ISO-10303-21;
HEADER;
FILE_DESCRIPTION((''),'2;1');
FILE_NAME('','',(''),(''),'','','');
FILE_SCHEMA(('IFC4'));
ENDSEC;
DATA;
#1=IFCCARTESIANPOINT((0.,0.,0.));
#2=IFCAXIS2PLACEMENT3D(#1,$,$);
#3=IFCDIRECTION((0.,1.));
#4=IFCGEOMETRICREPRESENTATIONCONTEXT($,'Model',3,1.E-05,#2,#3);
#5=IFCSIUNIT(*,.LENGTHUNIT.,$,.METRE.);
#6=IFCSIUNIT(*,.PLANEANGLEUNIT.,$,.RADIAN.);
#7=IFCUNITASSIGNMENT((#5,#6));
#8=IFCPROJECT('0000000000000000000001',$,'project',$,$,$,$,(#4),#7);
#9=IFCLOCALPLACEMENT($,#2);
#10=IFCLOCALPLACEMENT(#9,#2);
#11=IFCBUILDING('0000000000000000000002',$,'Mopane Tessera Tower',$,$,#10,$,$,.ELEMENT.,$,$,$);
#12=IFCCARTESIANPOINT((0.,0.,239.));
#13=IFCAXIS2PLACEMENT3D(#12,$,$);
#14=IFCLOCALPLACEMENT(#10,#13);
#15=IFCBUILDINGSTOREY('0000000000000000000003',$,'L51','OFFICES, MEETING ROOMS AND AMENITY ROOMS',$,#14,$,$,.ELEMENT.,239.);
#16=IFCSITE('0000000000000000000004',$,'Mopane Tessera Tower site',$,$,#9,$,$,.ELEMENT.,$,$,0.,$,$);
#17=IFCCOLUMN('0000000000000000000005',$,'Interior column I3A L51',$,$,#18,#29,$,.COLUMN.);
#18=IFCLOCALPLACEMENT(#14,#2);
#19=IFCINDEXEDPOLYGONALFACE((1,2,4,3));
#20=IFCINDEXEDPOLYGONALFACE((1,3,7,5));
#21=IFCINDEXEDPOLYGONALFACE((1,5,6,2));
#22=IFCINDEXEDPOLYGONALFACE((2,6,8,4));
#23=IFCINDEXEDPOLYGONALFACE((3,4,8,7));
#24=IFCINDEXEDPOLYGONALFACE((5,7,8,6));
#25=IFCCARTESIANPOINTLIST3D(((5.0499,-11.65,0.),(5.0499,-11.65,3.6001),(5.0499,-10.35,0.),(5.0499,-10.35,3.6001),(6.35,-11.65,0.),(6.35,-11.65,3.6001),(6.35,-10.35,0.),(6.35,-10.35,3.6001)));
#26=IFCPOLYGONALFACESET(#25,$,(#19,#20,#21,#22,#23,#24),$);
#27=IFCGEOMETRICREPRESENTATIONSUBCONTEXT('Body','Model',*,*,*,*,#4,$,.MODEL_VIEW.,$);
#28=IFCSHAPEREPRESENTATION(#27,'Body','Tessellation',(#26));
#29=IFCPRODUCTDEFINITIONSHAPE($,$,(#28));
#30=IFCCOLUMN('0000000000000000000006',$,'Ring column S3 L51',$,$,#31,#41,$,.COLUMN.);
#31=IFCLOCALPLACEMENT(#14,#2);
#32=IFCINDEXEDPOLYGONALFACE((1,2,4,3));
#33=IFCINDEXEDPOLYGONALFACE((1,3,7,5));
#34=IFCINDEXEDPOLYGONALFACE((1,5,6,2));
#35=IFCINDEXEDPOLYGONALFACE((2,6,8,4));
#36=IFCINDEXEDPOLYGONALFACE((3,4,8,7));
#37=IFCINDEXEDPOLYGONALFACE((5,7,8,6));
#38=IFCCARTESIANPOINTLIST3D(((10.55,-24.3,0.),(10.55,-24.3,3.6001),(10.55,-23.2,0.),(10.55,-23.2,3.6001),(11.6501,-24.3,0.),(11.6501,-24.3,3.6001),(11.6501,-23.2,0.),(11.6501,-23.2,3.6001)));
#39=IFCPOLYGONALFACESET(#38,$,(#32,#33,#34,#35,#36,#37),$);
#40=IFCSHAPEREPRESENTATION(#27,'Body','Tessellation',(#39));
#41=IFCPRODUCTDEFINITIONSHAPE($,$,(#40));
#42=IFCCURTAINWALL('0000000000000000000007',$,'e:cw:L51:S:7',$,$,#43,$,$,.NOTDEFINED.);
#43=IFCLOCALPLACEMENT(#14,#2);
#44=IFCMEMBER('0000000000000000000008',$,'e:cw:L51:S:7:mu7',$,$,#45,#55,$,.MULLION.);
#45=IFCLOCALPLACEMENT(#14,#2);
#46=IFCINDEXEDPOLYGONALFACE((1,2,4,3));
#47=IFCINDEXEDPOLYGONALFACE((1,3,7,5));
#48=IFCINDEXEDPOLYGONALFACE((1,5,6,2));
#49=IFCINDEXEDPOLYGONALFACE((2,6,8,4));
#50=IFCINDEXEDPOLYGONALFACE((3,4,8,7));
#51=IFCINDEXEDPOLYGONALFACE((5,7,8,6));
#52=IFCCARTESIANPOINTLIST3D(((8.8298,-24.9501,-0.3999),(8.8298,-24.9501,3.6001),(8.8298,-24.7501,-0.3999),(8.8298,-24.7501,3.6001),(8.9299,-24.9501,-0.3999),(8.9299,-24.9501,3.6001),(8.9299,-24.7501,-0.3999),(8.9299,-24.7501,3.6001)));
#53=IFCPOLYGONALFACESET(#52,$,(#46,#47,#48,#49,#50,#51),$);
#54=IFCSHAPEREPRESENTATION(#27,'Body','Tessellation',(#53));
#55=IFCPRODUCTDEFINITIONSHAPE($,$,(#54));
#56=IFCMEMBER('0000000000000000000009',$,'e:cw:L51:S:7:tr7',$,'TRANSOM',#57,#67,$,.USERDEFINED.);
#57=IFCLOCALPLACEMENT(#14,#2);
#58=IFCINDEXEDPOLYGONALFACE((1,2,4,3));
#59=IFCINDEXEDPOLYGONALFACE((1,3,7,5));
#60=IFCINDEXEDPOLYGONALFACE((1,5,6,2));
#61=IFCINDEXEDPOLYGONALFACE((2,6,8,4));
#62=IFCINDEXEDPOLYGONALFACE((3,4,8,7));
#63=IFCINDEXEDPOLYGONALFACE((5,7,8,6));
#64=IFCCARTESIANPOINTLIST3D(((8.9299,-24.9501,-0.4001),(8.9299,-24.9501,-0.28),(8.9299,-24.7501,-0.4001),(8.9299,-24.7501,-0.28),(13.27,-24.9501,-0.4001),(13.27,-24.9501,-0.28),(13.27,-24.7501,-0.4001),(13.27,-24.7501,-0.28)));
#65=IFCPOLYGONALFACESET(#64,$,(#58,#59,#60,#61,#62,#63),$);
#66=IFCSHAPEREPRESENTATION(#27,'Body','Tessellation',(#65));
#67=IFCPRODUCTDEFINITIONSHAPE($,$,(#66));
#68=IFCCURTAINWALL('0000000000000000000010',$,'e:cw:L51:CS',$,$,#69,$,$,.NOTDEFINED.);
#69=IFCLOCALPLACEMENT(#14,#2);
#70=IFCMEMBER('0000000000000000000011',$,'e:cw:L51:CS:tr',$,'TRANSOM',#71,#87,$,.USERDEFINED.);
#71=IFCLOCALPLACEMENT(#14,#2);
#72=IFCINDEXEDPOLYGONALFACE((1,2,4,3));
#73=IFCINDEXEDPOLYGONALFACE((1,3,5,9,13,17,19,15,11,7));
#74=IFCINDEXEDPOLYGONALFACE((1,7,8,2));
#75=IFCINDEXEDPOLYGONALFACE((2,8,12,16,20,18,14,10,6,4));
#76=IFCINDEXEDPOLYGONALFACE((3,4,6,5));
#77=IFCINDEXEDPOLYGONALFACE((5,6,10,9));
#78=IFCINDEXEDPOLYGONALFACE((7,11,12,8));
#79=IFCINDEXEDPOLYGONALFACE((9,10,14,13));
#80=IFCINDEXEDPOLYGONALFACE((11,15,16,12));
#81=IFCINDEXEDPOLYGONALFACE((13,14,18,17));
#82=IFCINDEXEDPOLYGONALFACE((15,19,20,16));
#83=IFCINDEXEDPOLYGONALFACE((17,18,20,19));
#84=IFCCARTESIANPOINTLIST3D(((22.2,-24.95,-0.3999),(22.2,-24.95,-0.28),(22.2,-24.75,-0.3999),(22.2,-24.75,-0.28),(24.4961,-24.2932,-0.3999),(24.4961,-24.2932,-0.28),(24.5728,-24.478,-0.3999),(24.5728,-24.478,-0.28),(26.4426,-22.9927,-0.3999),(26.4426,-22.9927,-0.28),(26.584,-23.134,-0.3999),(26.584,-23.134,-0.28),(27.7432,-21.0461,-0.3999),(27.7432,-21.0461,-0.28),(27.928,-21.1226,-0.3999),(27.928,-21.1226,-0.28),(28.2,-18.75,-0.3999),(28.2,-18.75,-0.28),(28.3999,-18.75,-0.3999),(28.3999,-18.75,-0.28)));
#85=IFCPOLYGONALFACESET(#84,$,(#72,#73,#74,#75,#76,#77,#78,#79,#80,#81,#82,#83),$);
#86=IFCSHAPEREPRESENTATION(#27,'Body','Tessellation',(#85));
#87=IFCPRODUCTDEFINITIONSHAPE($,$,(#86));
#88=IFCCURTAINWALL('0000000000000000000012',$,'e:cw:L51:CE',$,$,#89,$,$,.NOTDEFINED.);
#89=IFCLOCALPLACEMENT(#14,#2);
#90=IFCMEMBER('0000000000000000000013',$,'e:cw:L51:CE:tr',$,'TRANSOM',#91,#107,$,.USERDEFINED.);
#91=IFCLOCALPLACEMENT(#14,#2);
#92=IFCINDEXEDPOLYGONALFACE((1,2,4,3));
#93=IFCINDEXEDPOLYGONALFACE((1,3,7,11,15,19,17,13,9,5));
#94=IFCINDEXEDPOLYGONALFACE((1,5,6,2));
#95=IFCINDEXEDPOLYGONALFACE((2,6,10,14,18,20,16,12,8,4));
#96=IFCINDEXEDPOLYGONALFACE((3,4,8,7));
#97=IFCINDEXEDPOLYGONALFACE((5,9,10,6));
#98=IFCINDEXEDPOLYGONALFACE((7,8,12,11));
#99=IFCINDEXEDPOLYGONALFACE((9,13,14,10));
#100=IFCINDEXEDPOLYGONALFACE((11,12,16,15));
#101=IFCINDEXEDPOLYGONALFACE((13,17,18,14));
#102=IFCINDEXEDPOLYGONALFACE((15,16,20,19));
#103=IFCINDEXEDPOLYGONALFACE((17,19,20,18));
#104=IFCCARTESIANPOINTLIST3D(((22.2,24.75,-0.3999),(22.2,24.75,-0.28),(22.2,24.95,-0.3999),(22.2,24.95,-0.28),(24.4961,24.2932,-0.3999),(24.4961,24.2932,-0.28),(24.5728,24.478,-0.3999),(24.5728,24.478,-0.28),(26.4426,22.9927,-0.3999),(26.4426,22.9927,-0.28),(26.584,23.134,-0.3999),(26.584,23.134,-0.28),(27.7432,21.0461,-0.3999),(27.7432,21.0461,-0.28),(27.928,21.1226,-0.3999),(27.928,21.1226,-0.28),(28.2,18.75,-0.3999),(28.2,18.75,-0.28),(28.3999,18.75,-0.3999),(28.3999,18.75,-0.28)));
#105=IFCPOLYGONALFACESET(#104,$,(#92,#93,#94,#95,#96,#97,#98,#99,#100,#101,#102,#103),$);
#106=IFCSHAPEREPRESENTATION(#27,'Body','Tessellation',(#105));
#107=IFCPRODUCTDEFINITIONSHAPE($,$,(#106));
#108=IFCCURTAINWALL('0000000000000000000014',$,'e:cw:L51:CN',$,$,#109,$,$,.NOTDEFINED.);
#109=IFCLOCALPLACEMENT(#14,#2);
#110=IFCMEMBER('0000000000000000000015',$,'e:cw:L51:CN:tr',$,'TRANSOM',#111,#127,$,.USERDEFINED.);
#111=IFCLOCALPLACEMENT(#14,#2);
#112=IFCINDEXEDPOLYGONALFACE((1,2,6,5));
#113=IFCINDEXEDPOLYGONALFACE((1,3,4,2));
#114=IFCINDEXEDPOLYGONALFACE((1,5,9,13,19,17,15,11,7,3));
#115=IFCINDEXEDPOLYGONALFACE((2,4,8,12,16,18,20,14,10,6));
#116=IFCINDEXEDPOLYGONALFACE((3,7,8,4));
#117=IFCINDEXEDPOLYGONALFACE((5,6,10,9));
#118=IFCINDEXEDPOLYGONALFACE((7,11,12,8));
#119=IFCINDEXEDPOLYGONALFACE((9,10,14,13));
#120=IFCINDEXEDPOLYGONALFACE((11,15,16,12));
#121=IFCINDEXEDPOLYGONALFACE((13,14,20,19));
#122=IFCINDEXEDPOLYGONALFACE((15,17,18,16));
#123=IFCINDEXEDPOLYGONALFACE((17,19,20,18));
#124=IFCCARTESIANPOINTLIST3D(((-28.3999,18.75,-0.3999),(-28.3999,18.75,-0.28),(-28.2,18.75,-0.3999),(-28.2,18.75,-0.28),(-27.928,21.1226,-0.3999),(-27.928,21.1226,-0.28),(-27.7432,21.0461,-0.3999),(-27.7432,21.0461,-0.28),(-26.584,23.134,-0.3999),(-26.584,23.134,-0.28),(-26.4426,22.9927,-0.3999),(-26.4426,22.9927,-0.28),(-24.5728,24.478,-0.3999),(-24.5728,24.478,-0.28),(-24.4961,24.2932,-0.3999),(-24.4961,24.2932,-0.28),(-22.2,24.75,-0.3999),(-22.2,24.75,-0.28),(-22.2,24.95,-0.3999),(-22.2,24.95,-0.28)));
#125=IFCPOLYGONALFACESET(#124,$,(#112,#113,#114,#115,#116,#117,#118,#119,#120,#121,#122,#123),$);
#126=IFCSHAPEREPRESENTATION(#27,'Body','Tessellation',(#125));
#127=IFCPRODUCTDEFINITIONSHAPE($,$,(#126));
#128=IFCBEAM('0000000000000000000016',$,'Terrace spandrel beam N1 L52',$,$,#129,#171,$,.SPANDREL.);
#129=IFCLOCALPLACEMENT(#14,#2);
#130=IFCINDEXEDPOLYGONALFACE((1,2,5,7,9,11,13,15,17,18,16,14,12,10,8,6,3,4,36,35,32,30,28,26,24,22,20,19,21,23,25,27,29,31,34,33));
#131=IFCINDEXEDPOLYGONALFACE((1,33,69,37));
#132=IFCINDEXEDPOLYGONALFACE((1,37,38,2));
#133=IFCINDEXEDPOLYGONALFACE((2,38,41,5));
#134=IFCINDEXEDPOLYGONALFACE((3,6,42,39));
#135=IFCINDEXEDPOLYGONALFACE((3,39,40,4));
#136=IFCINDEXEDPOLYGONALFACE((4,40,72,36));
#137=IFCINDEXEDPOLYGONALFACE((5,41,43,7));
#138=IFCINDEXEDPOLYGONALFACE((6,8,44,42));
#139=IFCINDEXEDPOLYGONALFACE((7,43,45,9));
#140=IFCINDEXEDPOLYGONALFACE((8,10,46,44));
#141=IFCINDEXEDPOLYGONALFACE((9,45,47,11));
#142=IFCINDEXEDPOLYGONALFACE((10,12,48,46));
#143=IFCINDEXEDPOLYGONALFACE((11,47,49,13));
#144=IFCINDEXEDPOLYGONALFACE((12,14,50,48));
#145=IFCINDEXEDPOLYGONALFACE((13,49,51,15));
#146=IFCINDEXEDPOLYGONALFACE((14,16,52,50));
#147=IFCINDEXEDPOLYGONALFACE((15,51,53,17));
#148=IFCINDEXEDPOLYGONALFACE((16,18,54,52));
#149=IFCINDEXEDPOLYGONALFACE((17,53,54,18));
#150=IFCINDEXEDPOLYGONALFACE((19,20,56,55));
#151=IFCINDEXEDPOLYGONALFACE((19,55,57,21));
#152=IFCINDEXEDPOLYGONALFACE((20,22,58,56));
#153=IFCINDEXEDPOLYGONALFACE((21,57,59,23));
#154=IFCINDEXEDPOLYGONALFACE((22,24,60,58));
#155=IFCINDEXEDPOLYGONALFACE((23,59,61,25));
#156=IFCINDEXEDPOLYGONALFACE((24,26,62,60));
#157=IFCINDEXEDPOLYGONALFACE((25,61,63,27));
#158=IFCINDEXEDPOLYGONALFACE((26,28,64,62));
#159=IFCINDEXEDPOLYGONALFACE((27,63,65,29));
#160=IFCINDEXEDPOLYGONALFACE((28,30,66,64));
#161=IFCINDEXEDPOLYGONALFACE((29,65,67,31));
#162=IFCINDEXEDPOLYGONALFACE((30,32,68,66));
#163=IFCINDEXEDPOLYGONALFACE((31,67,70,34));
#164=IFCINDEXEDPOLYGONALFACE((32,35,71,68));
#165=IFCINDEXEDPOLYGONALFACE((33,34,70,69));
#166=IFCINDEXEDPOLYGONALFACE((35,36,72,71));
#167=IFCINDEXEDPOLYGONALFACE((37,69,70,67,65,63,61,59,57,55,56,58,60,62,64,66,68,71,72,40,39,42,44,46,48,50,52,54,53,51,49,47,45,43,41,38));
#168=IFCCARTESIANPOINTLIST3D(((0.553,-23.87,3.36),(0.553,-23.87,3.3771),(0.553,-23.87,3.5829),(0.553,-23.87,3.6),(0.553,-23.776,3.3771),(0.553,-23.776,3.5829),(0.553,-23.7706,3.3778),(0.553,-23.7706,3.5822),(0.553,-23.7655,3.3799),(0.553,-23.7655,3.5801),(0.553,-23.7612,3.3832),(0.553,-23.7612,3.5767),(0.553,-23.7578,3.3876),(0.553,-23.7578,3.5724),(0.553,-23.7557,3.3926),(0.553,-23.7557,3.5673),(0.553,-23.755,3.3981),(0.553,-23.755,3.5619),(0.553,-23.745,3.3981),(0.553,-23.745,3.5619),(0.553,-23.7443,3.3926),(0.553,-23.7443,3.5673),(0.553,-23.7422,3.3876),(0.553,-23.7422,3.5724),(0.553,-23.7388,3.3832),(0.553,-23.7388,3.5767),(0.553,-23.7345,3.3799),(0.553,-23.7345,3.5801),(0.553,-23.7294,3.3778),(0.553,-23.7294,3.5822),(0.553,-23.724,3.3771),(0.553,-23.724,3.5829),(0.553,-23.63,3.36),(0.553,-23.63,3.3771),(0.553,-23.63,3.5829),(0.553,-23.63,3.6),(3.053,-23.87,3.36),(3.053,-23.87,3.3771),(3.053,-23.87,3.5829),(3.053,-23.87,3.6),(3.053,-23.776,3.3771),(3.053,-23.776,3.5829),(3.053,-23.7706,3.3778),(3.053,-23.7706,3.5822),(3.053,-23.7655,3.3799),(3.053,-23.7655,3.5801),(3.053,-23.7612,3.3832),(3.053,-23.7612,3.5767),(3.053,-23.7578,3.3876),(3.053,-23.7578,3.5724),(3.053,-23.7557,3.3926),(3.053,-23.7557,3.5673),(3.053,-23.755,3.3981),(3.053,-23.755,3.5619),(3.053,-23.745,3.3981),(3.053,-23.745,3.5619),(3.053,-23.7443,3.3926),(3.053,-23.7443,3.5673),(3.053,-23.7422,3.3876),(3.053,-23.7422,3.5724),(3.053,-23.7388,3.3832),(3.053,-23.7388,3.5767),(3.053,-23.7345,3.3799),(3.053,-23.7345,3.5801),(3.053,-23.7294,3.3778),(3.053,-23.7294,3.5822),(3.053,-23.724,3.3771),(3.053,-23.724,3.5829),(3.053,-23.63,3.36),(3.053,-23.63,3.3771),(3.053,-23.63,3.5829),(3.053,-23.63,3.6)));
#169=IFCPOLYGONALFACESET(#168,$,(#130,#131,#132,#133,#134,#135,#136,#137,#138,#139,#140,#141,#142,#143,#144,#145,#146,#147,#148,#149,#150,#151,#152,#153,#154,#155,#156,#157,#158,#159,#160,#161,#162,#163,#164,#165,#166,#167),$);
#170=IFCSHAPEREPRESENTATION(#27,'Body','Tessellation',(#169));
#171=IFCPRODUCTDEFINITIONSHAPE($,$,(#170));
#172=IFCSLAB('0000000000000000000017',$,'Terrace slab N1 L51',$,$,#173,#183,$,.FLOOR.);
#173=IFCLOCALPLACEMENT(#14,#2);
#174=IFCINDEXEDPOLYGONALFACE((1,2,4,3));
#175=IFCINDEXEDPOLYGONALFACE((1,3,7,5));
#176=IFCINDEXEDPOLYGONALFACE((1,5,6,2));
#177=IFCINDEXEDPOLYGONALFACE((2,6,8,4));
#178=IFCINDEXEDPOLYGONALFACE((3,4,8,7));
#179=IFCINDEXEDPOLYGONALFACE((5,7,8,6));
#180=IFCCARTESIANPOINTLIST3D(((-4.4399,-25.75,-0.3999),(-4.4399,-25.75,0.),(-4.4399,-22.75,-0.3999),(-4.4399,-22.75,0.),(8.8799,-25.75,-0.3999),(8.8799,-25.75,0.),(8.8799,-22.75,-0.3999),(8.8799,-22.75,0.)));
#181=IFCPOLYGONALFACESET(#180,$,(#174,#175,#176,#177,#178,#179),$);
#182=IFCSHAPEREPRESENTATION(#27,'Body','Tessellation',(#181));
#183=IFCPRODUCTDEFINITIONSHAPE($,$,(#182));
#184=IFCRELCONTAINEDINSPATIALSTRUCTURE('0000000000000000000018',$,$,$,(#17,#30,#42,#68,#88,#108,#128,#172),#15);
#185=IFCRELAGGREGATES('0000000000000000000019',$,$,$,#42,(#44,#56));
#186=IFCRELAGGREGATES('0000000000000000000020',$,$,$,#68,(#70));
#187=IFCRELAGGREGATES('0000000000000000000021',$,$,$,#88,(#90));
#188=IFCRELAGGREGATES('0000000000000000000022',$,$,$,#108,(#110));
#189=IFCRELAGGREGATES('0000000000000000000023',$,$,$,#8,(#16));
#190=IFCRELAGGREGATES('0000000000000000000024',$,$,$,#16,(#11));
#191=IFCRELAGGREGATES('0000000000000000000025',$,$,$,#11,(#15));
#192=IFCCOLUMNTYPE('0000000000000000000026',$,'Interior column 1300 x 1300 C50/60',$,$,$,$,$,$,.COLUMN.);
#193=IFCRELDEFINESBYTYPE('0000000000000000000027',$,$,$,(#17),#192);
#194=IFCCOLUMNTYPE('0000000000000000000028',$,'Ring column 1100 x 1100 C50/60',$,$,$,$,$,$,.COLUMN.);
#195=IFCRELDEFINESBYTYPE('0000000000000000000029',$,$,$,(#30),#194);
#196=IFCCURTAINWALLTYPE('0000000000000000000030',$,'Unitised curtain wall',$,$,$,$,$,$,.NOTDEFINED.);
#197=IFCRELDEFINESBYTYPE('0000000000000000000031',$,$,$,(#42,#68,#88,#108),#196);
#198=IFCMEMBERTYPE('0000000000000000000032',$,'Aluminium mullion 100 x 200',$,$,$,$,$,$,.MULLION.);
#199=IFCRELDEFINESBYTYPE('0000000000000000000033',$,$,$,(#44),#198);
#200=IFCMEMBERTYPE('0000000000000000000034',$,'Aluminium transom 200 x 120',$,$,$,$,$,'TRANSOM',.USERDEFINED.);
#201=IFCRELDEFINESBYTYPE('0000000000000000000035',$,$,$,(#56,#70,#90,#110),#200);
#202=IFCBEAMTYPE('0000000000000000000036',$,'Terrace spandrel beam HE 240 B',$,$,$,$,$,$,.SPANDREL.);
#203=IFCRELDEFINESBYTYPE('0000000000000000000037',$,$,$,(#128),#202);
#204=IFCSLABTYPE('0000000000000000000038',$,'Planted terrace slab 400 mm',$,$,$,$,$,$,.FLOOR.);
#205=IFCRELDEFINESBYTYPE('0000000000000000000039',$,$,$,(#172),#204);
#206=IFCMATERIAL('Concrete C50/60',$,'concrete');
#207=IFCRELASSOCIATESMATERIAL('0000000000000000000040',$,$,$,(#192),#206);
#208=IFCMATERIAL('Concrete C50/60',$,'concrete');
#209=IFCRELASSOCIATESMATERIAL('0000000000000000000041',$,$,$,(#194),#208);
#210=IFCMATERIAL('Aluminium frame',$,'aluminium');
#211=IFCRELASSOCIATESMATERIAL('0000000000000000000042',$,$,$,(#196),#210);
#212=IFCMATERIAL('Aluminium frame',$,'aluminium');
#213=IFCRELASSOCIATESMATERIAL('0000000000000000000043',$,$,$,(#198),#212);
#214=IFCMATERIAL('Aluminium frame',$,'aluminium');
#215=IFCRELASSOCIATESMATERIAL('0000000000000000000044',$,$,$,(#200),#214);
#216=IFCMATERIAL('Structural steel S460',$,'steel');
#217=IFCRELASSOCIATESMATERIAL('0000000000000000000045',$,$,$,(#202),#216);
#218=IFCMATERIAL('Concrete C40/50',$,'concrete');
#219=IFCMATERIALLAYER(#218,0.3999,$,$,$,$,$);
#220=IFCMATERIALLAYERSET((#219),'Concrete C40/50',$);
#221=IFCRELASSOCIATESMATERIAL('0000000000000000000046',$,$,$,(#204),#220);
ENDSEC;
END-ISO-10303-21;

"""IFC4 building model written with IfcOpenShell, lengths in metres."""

from ifc_helpers import new_model, si_unit, direction, frame, origin, origin_2d, place, context, subcontext, project, spatial, polyline, rectangle, i_section, outline, extrude, material, layer, layer_set, material_profile, profile_set, type_object, element, aggregate, save


model = new_model("IFC4")

# Units and contexts
model_context = context("Model", 3, precision=1e-05, world=origin(), true_north=direction((0.0, 1.0)))
body_context = subcontext(model_context, "Body", "Model", "MODEL_VIEW")
ifc_project = project(units=[si_unit("LENGTHUNIT", "METRE"), si_unit("PLANEANGLEUNIT", "RADIAN")], contexts=[model_context])

# Site, building, storey
site_placement = place(None, origin())
site = spatial("IfcSite", under=ifc_project, at=site_placement, Name="Mopane Tessera Tower site", CompositionType="ELEMENT", RefElevation=0.0)
building_placement = place(site_placement, origin())
building = spatial("IfcBuilding", under=site, at=building_placement, Name="Mopane Tessera Tower", CompositionType="ELEMENT")
storey_placement = place(building_placement, frame((0.0, 0.0, 239.0)))
storey = spatial("IfcBuildingStorey", under=building, at=storey_placement, Name="L51", Description="OFFICES, MEETING ROOMS AND AMENITY ROOMS", CompositionType="ELEMENT", Elevation=239.0)

# Columns
ifc_material_1 = material(Name="Concrete C50/60", Category="concrete")
ifc_material_profile_1 = material_profile(ifc_material_1, rectangle(XDim=1.3, YDim=1.3, at=origin_2d()))
ifc_profile_set_1 = profile_set([ifc_material_profile_1], Name="Concrete C50/60")
column_type_1 = type_object("IfcColumnType", Name="Interior column 1300 x 1300 C50/60", PredefinedType="COLUMN", material=ifc_profile_set_1)
column_1_placement = place(storey_placement, frame((5.7, -11.0, 0.0), z_axis=(0.0, 0.0, 1.0), x_axis=(1.0, 0.0, 0.0)))
element("IfcColumn", 1, at=column_1_placement, inside=storey, type_object=column_type_1, Name="Interior column I3A L51", PredefinedType="COLUMN", context=body_context, shape_type="SweptSolid", body=[
    extrude(rectangle(XDim=1.3, YDim=1.3, at=origin_2d()), origin(), (0.0, 0.0, 1.0), 3.6001),
])
ifc_material_2 = material(Name="Concrete C50/60", Category="concrete")
ifc_material_profile_2 = material_profile(ifc_material_2, rectangle(XDim=1.1001, YDim=1.1001, at=origin_2d()))
ifc_profile_set_2 = profile_set([ifc_material_profile_2], Name="Concrete C50/60")
column_type_2 = type_object("IfcColumnType", Name="Ring column 1100 x 1100 C50/60", PredefinedType="COLUMN", material=ifc_profile_set_2)
column_2_placement = place(storey_placement, frame((11.1001, -23.75, 0.0), z_axis=(0.0, 0.0, 1.0), x_axis=(1.0, 0.0, 0.0)))
element("IfcColumn", 2, at=column_2_placement, inside=storey, type_object=column_type_2, Name="Ring column S3 L51", PredefinedType="COLUMN", context=body_context, shape_type="SweptSolid", body=[
    extrude(rectangle(XDim=1.1001, YDim=1.1001, at=origin_2d()), origin(), (0.0, 0.0, 1.0), 3.6001),
])

# Curtain wall, members
ifc_material_3 = material(Name="Aluminium frame", Category="aluminium")
curtain_wall_type = type_object("IfcCurtainWallType", Name="Unitised curtain wall", PredefinedType="NOTDEFINED", material=ifc_material_3)
curtain_wall_1_placement = place(storey_placement, origin())
curtain_wall_1 = element("IfcCurtainWall", 3, at=curtain_wall_1_placement, inside=storey, type_object=curtain_wall_type, Name="e:cw:L51:S:7", PredefinedType="NOTDEFINED")
ifc_material_4 = material(Name="Aluminium frame", Category="aluminium")
ifc_material_profile_3 = material_profile(ifc_material_4, rectangle(XDim=0.1001, YDim=0.2, at=origin_2d()))
ifc_profile_set_3 = profile_set([ifc_material_profile_3], Name="Aluminium frame")
member_type_1 = type_object("IfcMemberType", Name="Aluminium mullion 100 x 200", PredefinedType="MULLION", material=ifc_profile_set_3)
member_1_placement = place(storey_placement, frame((8.8799, -24.8501, -0.3999), z_axis=(0.0, 0.0, 1.0), x_axis=(1.0, 0.0, 0.0)))
member_1 = element("IfcMember", 4, at=member_1_placement, type_object=member_type_1, Name="e:cw:L51:S:7:mu7", PredefinedType="MULLION", context=body_context, shape_type="SweptSolid", body=[
    extrude(rectangle(XDim=0.1001, YDim=0.2, at=origin_2d()), origin(), (0.0, 0.0, 1.0), 4.0),
])
ifc_material_5 = material(Name="Aluminium frame", Category="aluminium")
ifc_material_profile_4 = material_profile(ifc_material_5, rectangle(XDim=0.2, YDim=0.1201, at=origin_2d()))
ifc_profile_set_4 = profile_set([ifc_material_profile_4], Name="Aluminium frame")
member_type_2 = type_object("IfcMemberType", Name="Aluminium transom 200 x 120", ElementType="TRANSOM", PredefinedType="USERDEFINED", material=ifc_profile_set_4)
member_2_placement = place(storey_placement, frame((8.9299, -24.8501, -0.3401), z_axis=(1.0, 0.0, 0.0), x_axis=(0.0, 1.0, 0.0)))
member_2 = element("IfcMember", 5, at=member_2_placement, type_object=member_type_2, Name="e:cw:L51:S:7:tr7", ObjectType="TRANSOM", PredefinedType="USERDEFINED", context=body_context, shape_type="SweptSolid", body=[
    extrude(rectangle(XDim=0.2, YDim=0.1201, at=origin_2d()), origin(), (0.0, 0.0, 1.0), 4.3401),
])

# Curtain walls, members
curtain_wall_2_placement = place(storey_placement, origin())
curtain_wall_2 = element("IfcCurtainWall", 6, at=curtain_wall_2_placement, inside=storey, type_object=curtain_wall_type, Name="e:cw:L51:CS", PredefinedType="NOTDEFINED")
member_3_placement = place(storey_placement, frame((0.0, 0.0, -0.3999)))
member_3 = element("IfcMember", 7, at=member_3_placement, type_object=member_type_2, Name="e:cw:L51:CS:tr", ObjectType="TRANSOM", PredefinedType="USERDEFINED", context=body_context, shape_type="SweptSolid", body=[
    extrude(outline(polyline([(22.2, -24.75), (24.4961, -24.2932), (26.4426, -22.9927), (27.7432, -21.0461), (28.2, -18.75), (28.3999, -18.75), (27.928, -21.1226), (26.584, -23.134), (24.5728, -24.478), (22.2, -24.95), (22.2, -24.75)])), origin(), (0.0, 0.0, 1.0), 0.1199),
])
curtain_wall_3_placement = place(storey_placement, origin())
curtain_wall_3 = element("IfcCurtainWall", 8, at=curtain_wall_3_placement, inside=storey, type_object=curtain_wall_type, Name="e:cw:L51:CE", PredefinedType="NOTDEFINED")
member_4_placement = place(storey_placement, frame((0.0, 0.0, -0.3999)))
member_4 = element("IfcMember", 9, at=member_4_placement, type_object=member_type_2, Name="e:cw:L51:CE:tr", ObjectType="TRANSOM", PredefinedType="USERDEFINED", context=body_context, shape_type="SweptSolid", body=[
    extrude(outline(polyline([(28.2, 18.75), (27.7432, 21.0461), (26.4426, 22.9927), (24.4961, 24.2932), (22.2, 24.75), (22.2, 24.95), (24.5728, 24.478), (26.584, 23.134), (27.928, 21.1226), (28.3999, 18.75), (28.2, 18.75)])), origin(), (0.0, 0.0, 1.0), 0.1199),
])
curtain_wall_4_placement = place(storey_placement, origin())
curtain_wall_4 = element("IfcCurtainWall", 10, at=curtain_wall_4_placement, inside=storey, type_object=curtain_wall_type, Name="e:cw:L51:CN", PredefinedType="NOTDEFINED")
member_5_placement = place(storey_placement, frame((0.0, 0.0, -0.3999)))
member_5 = element("IfcMember", 11, at=member_5_placement, type_object=member_type_2, Name="e:cw:L51:CN:tr", ObjectType="TRANSOM", PredefinedType="USERDEFINED", context=body_context, shape_type="SweptSolid", body=[
    extrude(outline(polyline([(-22.2, 24.75), (-24.4961, 24.2932), (-26.4426, 22.9927), (-27.7432, 21.0461), (-28.2, 18.75), (-28.3999, 18.75), (-27.928, 21.1226), (-26.584, 23.134), (-24.5728, 24.478), (-22.2, 24.95), (-22.2, 24.75)])), origin(), (0.0, 0.0, 1.0), 0.1199),
])

# Beam
ifc_material_6 = material(Name="Structural steel S460", Category="steel")
ifc_material_profile_5 = material_profile(ifc_material_6, i_section(OverallWidth=0.24, OverallDepth=0.24, WebThickness=0.01, FlangeThickness=0.0171, FilletRadius=0.021, at=origin_2d()))
ifc_profile_set_5 = profile_set([ifc_material_profile_5], Name="Structural steel S460")
beam_type = type_object("IfcBeamType", Name="Terrace spandrel beam HE 240 B", PredefinedType="SPANDREL", material=ifc_profile_set_5)
beam_placement = place(storey_placement, frame((0.553, -23.75, 3.48), z_axis=(1.0, 0.0, 0.0), x_axis=(0.0, 1.0, 0.0)))
element("IfcBeam", 12, at=beam_placement, inside=storey, type_object=beam_type, Name="Terrace spandrel beam N1 L52", PredefinedType="SPANDREL", context=body_context, shape_type="SweptSolid", body=[
    extrude(i_section(OverallWidth=0.24, OverallDepth=0.24, WebThickness=0.01, FlangeThickness=0.0171, FilletRadius=0.021, at=origin_2d()), origin(), (0.0, 0.0, 1.0), 2.5),
])

# Slab
ifc_material_7 = material(Name="Concrete C40/50", Category="concrete")
ifc_layer_1 = layer(ifc_material_7, 0.3999)
ifc_layer_set_1 = layer_set([ifc_layer_1], Name="Concrete C40/50")
slab_type = type_object("IfcSlabType", Name="Planted terrace slab 400 mm", PredefinedType="FLOOR", material=ifc_layer_set_1)
slab_1_placement = place(storey_placement, frame((0.0, 0.0, -0.3999)))
element("IfcSlab", 13, at=slab_1_placement, inside=storey, type_object=slab_type, Name="Terrace slab N1 L51", PredefinedType="FLOOR", context=body_context, shape_type="SweptSolid", body=[
    extrude(outline(polyline([(8.8799, -25.75), (8.8799, -22.75), (-4.4399, -22.75), (-4.4399, -25.75), (8.8799, -25.75)])), origin(), (0.0, 0.0, 1.0), 0.3999),
])

aggregate(curtain_wall_1, [member_1, member_2])
aggregate(curtain_wall_2, [member_3])
aggregate(curtain_wall_3, [member_4])
aggregate(curtain_wall_4, [member_5])

save(model, "model.ifc")
